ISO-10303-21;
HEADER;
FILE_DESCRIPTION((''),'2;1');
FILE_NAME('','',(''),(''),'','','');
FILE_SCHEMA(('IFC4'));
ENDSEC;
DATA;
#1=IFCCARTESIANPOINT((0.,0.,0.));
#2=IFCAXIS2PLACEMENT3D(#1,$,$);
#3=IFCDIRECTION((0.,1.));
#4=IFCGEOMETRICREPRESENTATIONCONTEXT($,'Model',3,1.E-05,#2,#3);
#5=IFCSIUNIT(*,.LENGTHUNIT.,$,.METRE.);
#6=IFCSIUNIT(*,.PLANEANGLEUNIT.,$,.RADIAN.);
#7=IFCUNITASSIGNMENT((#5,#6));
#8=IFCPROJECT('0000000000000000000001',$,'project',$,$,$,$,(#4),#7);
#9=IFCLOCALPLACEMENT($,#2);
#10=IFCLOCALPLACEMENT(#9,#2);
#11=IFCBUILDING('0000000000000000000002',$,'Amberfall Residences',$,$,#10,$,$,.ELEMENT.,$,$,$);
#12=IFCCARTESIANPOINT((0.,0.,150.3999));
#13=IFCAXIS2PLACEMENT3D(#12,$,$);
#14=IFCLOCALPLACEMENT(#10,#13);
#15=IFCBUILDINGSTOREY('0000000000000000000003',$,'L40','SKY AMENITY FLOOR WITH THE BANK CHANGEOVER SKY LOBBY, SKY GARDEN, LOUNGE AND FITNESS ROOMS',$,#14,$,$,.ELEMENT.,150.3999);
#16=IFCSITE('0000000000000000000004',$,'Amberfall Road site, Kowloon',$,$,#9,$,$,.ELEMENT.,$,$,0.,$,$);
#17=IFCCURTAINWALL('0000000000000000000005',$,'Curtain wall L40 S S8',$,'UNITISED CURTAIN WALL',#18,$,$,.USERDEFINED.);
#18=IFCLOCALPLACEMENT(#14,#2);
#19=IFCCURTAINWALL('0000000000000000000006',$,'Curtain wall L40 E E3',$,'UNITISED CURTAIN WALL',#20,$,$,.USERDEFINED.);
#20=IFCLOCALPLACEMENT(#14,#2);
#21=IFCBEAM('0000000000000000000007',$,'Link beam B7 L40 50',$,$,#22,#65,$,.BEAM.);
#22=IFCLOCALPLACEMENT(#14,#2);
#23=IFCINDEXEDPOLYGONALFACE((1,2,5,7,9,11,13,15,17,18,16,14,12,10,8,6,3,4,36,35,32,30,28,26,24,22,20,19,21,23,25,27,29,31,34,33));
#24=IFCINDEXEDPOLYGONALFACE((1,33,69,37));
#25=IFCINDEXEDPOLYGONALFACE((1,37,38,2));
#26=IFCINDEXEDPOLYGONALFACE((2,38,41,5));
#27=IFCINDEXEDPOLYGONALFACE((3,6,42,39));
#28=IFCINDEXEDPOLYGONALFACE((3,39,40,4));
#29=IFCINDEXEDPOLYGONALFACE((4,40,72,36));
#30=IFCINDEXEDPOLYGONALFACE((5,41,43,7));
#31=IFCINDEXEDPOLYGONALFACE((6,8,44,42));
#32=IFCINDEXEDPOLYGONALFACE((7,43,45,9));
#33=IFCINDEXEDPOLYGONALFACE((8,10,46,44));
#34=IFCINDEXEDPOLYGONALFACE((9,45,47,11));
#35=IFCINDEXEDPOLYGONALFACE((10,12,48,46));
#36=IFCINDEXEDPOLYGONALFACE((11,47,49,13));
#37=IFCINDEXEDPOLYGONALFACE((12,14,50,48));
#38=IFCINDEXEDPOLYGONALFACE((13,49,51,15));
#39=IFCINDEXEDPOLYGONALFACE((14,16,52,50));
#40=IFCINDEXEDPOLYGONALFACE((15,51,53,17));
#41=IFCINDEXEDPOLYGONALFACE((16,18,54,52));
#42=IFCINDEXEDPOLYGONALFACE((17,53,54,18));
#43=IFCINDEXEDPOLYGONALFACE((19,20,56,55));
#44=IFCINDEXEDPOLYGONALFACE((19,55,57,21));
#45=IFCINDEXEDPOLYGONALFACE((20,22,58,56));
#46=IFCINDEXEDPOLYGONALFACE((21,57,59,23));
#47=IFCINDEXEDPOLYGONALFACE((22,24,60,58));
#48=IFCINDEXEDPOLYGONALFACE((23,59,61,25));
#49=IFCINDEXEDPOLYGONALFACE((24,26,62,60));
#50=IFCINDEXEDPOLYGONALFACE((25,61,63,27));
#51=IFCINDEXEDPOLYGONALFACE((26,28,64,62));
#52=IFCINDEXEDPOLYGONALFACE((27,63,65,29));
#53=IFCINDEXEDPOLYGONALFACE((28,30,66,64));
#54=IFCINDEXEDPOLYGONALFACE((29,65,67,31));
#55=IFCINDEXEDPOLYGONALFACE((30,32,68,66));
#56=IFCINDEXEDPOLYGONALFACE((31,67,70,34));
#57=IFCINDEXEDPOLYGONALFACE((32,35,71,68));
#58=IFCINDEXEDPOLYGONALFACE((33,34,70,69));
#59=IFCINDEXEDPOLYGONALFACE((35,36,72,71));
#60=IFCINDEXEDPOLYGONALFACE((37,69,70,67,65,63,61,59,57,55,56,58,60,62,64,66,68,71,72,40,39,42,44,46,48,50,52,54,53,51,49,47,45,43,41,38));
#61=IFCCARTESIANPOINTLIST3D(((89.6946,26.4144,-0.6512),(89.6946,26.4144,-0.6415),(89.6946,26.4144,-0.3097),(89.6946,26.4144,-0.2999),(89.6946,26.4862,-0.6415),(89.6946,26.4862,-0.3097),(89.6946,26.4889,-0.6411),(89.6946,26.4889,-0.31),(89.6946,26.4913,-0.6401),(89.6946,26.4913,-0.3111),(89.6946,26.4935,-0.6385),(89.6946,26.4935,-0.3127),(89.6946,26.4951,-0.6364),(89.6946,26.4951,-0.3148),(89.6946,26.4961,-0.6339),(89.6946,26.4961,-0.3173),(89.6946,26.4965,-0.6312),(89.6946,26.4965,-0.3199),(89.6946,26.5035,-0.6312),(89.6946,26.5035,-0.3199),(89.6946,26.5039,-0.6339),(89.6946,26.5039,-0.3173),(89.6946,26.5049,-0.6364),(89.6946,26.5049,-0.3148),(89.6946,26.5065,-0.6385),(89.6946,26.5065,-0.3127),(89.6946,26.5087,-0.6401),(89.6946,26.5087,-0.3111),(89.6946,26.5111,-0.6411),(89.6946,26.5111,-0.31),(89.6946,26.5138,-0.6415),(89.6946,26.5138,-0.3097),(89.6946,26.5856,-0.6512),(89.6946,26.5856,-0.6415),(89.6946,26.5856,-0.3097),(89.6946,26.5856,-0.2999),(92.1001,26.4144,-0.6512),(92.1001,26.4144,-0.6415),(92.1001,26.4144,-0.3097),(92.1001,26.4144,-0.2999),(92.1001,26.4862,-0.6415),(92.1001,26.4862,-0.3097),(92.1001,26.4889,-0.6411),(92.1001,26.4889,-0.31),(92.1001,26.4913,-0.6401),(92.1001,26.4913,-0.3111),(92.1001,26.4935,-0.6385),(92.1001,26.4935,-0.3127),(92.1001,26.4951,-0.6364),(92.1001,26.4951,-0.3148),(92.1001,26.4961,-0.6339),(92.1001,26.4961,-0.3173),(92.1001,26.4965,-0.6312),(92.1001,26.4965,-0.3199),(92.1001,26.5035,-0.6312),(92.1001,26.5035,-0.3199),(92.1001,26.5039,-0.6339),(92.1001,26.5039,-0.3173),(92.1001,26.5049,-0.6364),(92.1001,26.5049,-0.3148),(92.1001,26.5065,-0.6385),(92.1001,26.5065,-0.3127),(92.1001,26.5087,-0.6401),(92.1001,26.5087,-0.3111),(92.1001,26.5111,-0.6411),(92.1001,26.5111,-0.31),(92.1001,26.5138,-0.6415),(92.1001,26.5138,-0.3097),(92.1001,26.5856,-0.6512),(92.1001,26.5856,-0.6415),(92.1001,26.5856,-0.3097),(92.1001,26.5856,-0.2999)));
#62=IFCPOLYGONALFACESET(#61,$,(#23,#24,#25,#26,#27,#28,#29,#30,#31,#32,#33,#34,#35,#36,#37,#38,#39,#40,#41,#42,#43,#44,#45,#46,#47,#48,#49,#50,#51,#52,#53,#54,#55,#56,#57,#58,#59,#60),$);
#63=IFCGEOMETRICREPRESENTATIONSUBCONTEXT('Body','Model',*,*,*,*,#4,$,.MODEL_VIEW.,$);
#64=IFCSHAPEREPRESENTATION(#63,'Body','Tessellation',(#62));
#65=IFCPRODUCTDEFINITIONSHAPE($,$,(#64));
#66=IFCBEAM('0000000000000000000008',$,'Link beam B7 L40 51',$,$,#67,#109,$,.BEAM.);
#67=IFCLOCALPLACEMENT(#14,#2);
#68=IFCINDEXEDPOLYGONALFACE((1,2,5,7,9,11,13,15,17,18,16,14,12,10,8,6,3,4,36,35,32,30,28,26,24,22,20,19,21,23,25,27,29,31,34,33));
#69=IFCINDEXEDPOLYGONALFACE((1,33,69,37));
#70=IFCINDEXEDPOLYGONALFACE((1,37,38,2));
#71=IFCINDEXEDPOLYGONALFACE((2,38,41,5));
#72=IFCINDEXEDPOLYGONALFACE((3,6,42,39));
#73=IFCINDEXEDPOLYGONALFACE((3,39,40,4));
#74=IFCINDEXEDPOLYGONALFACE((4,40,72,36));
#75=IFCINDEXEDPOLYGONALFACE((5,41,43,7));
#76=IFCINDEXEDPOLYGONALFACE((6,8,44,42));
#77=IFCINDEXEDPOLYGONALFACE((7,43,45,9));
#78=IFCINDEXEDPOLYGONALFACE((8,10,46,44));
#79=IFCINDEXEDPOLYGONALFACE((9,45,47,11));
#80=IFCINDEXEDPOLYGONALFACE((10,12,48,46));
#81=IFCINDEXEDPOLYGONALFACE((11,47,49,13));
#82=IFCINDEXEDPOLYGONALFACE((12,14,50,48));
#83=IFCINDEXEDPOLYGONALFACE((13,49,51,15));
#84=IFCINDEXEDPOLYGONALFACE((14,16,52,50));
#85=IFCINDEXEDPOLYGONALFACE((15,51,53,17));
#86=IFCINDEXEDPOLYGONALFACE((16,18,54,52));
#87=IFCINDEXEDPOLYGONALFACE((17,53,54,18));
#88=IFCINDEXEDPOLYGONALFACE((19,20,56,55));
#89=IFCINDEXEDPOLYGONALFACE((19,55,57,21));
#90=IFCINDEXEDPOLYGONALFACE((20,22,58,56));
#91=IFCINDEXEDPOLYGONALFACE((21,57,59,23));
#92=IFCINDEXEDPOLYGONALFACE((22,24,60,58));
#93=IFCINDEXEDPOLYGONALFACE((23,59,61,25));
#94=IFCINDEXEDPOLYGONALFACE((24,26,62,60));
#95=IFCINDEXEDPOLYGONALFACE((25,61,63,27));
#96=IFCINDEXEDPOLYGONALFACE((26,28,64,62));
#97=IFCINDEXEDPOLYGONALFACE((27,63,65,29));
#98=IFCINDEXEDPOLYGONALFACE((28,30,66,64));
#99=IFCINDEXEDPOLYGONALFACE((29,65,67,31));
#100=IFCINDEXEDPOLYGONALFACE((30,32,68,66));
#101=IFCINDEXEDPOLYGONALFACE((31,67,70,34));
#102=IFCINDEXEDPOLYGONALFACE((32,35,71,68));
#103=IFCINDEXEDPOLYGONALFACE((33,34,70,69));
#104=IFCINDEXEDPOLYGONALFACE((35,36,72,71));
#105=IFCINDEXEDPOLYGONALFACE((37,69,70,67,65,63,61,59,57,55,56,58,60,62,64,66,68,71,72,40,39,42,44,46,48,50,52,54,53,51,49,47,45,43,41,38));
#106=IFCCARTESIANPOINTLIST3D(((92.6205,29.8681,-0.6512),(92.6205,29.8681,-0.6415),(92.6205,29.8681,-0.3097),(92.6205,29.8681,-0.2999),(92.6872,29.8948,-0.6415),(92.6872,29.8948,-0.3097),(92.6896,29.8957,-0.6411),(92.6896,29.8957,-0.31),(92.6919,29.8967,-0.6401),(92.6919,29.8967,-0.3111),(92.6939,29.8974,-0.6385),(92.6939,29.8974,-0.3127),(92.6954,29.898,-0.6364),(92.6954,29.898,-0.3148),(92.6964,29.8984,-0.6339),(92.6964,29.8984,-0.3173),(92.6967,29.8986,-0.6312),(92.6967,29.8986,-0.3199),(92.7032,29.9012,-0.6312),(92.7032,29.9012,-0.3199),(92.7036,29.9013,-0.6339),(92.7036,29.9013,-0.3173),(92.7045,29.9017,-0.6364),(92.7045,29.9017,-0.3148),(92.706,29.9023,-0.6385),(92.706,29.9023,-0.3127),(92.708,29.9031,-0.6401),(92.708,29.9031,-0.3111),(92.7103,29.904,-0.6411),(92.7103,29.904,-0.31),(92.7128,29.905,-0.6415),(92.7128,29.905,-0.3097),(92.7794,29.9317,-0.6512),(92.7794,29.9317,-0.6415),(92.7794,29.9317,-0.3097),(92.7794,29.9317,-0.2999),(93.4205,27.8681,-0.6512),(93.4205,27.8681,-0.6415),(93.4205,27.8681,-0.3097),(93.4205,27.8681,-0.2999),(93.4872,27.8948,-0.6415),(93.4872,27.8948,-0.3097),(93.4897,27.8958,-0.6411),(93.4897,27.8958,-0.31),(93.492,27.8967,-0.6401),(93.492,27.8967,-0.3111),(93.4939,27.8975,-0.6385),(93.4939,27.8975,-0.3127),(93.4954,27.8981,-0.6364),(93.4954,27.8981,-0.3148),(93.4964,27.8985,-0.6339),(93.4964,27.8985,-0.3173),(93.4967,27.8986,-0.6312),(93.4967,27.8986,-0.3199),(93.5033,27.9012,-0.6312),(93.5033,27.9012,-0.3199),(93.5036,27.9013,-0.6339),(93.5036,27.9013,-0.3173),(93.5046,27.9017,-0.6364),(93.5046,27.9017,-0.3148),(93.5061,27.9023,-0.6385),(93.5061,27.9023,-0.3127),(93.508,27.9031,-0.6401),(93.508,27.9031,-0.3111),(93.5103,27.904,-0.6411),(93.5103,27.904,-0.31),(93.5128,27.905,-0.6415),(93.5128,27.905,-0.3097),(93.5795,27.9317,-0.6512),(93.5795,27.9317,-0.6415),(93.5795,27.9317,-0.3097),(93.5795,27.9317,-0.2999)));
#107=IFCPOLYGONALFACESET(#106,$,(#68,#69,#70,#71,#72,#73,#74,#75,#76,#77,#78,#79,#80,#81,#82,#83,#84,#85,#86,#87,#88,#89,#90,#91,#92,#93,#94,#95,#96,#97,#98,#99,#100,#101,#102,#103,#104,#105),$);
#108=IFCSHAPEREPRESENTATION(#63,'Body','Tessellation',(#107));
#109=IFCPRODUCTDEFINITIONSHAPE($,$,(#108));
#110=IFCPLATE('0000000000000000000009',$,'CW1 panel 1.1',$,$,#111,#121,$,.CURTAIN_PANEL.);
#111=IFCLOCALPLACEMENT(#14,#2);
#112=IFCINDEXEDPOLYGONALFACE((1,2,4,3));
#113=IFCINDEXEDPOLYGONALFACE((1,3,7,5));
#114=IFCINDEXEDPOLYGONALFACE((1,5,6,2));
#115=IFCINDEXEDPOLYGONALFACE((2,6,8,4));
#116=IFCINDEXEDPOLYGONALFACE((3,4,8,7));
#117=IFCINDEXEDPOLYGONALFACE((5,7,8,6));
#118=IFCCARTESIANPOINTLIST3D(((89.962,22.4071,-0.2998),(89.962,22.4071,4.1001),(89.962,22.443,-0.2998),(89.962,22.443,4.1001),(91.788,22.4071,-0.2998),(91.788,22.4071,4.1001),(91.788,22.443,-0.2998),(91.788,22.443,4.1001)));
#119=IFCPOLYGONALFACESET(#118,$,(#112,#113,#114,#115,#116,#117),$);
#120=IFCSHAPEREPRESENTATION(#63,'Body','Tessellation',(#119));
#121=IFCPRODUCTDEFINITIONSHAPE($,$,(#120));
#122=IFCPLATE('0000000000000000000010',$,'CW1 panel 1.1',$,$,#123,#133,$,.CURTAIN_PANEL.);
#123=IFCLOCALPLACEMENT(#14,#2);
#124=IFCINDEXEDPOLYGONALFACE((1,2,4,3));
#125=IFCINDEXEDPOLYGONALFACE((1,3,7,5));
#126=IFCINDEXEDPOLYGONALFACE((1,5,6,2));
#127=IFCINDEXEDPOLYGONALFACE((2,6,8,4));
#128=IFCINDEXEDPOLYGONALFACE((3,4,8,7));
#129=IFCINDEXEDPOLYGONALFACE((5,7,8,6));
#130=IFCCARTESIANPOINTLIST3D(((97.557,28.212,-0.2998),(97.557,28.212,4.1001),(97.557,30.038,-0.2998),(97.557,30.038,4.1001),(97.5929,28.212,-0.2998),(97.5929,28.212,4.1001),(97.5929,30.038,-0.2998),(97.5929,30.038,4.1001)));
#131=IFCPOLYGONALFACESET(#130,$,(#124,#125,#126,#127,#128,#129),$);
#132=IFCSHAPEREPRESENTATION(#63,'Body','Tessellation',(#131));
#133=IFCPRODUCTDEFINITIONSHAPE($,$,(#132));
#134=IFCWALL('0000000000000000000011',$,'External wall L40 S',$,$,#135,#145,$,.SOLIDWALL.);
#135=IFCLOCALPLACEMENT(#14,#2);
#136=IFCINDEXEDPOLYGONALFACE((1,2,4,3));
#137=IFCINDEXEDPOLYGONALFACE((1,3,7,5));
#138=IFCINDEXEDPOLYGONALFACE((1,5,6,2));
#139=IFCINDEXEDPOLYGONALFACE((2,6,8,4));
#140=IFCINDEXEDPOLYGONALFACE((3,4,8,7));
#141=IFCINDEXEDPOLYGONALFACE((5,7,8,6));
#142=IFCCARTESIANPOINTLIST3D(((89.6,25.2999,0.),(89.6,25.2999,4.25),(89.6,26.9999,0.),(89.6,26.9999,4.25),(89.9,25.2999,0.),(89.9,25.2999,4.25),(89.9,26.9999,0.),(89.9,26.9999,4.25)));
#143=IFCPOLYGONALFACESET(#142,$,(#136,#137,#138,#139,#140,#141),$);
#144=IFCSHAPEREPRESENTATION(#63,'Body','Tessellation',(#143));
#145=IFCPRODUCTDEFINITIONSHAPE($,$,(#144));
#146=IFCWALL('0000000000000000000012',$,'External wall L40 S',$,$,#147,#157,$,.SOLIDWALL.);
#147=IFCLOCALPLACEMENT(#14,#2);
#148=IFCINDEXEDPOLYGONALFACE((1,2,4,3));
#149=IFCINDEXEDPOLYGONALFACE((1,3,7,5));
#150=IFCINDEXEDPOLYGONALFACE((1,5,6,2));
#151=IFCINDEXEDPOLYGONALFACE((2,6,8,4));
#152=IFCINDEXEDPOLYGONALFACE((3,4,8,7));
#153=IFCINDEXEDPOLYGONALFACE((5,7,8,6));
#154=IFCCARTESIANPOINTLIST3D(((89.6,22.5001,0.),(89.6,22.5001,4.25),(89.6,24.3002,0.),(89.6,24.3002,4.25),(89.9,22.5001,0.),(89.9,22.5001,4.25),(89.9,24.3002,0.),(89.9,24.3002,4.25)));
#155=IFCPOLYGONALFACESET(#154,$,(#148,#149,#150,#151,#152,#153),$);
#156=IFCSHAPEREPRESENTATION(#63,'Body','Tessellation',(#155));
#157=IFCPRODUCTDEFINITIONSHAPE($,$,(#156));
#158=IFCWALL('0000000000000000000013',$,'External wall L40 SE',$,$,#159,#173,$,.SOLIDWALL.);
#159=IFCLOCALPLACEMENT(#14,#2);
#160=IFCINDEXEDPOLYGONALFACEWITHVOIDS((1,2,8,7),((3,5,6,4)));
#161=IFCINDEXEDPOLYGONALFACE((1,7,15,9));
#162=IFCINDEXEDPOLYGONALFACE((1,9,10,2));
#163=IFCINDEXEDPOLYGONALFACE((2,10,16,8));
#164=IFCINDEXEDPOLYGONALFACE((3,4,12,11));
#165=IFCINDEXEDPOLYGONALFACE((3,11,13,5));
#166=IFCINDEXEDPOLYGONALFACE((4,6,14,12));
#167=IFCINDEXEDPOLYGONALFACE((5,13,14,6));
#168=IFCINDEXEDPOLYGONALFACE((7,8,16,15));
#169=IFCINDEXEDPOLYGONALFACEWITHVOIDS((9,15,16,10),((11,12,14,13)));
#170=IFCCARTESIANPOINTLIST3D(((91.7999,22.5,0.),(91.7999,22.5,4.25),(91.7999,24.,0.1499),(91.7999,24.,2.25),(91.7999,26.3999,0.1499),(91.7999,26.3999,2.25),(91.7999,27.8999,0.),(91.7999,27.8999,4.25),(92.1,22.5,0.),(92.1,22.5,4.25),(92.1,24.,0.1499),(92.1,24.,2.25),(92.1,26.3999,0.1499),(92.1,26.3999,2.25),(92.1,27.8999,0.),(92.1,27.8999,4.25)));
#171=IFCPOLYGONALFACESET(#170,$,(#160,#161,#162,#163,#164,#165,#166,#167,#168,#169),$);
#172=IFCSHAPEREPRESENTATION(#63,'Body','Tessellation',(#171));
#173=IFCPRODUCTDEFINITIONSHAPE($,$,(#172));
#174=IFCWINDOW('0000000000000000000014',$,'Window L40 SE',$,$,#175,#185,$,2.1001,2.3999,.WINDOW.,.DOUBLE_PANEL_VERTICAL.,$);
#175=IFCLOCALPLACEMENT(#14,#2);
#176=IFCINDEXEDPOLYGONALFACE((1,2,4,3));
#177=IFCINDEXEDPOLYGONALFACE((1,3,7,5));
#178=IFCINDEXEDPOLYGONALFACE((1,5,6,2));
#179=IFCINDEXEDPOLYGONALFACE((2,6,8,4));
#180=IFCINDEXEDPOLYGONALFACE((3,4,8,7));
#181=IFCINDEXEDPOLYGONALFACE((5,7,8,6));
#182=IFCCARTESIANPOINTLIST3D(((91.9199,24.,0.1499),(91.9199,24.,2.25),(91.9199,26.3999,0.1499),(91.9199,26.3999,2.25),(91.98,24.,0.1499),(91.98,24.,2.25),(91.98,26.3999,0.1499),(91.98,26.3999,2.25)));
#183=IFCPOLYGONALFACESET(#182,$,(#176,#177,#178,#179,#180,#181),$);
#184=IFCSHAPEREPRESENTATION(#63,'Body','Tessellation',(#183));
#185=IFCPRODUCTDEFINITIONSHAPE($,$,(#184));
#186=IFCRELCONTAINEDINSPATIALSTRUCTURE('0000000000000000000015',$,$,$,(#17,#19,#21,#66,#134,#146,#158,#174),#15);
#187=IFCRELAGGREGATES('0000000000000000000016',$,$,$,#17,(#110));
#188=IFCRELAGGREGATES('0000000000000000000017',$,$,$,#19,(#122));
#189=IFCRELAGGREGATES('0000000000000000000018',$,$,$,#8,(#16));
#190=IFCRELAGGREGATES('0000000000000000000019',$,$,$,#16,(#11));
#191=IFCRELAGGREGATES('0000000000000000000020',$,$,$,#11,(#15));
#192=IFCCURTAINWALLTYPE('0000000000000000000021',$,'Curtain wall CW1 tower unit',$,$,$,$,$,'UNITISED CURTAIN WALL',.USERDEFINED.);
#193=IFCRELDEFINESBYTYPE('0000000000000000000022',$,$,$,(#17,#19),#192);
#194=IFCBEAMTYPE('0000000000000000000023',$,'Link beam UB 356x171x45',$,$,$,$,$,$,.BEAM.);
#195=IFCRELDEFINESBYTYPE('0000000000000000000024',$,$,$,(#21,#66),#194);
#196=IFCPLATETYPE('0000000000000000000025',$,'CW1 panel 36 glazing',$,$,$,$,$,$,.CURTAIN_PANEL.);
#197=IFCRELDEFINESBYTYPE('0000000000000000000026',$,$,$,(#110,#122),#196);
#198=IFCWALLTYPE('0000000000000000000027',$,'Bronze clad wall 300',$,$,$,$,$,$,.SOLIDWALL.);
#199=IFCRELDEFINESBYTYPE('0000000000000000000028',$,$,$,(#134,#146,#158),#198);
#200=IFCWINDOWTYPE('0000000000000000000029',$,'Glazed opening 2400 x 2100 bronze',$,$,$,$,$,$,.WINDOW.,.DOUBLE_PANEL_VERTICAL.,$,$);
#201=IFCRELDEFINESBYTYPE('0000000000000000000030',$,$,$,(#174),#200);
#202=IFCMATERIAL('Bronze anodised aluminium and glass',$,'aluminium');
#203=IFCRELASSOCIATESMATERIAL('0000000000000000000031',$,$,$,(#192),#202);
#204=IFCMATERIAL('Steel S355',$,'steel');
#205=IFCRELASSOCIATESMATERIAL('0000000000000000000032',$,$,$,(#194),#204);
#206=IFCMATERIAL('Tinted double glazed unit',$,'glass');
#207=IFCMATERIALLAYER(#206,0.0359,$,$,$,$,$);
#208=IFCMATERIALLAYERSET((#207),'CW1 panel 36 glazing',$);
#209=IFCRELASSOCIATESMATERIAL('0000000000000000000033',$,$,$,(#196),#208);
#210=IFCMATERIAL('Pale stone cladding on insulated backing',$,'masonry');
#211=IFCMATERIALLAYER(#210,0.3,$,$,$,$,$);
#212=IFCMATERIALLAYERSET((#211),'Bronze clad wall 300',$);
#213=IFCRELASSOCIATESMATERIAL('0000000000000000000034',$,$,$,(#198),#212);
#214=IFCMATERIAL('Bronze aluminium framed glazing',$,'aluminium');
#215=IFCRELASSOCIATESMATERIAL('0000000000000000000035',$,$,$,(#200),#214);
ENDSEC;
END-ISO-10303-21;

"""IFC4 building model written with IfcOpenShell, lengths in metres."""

from ifc_helpers import new_model, si_unit, direction, frame, frame_2d, origin, origin_2d, place, context, subcontext, project, spatial, rectangle, i_section, extrude, material, layer, layer_set, material_profile, profile_set, type_object, element, fill, aggregate, save


model = new_model("IFC4")

# Units and contexts
model_context = context("Model", 3, precision=1e-05, world=origin(), true_north=direction((0.0, 1.0)))
body_context = subcontext(model_context, "Body", "Model", "MODEL_VIEW")
ifc_project = project(units=[si_unit("LENGTHUNIT", "METRE"), si_unit("PLANEANGLEUNIT", "RADIAN")], contexts=[model_context])

# Site, building, storey
site_placement = place(None, origin())
site = spatial("IfcSite", under=ifc_project, at=site_placement, Name="Amberfall Road site, Kowloon", CompositionType="ELEMENT", RefElevation=0.0)
building_placement = place(site_placement, origin())
building = spatial("IfcBuilding", under=site, at=building_placement, Name="Amberfall Residences", CompositionType="ELEMENT")
storey_placement = place(building_placement, frame((0.0, 0.0, 150.3999)))
storey = spatial("IfcBuildingStorey", under=building, at=storey_placement, Name="L40", Description="SKY AMENITY FLOOR WITH THE BANK CHANGEOVER SKY LOBBY, SKY GARDEN, LOUNGE AND FITNESS ROOMS", CompositionType="ELEMENT", Elevation=150.3999)

# Curtain walls
ifc_material_1 = material(Name="Bronze anodised aluminium and glass", Category="aluminium")
curtain_wall_type = type_object("IfcCurtainWallType", Name="Curtain wall CW1 tower unit", ElementType="UNITISED CURTAIN WALL", PredefinedType="USERDEFINED", material=ifc_material_1)
curtain_wall_1_placement = place(storey_placement, origin())
curtain_wall_1 = element("IfcCurtainWall", 1, at=curtain_wall_1_placement, inside=storey, type_object=curtain_wall_type, Name="Curtain wall L40 S S8", ObjectType="UNITISED CURTAIN WALL", PredefinedType="USERDEFINED")
curtain_wall_2_placement = place(storey_placement, origin())
curtain_wall_2 = element("IfcCurtainWall", 2, at=curtain_wall_2_placement, inside=storey, type_object=curtain_wall_type, Name="Curtain wall L40 E E3", ObjectType="UNITISED CURTAIN WALL", PredefinedType="USERDEFINED")

# Beams
ifc_material_2 = material(Name="Steel S355", Category="steel")
ifc_material_profile_1 = material_profile(ifc_material_2, i_section(OverallWidth=0.1711, OverallDepth=0.3513, WebThickness=0.0071, FlangeThickness=0.0098, FilletRadius=0.0103, at=origin_2d()), Name="UB 356x171x45")
ifc_profile_set_1 = profile_set([ifc_material_profile_1], Name="Steel S355")
beam_type_1 = type_object("IfcBeamType", Name="Link beam UB 356x171x45", PredefinedType="BEAM", material=ifc_profile_set_1)
beam_1_placement = place(storey_placement, frame((92.1001, 26.5, -0.4756), z_axis=(-1.0, 0.0, 0.0), x_axis=(0.0, -1.0, 0.0)))
element("IfcBeam", 3, at=beam_1_placement, inside=storey, type_object=beam_type_1, Name="Link beam B7 L40 50", PredefinedType="BEAM", context=body_context, shape_type="SweptSolid", body=[
    extrude(i_section(OverallWidth=0.1711, OverallDepth=0.3513, WebThickness=0.0071, FlangeThickness=0.0098, FilletRadius=0.0103, at=origin_2d()), origin(), (0.0, 0.0, 1.0), 2.4055),
])
beam_2_placement = place(storey_placement, frame((93.5, 27.8999, -0.4756), z_axis=(-0.37141, 0.928469, 0.0), x_axis=(-0.928469, -0.37141, 0.0)))
element("IfcBeam", 4, at=beam_2_placement, inside=storey, type_object=beam_type_1, Name="Link beam B7 L40 51", PredefinedType="BEAM", context=body_context, shape_type="SweptSolid", body=[
    extrude(i_section(OverallWidth=0.1711, OverallDepth=0.3513, WebThickness=0.0071, FlangeThickness=0.0098, FilletRadius=0.0103, at=origin_2d()), origin(), (0.0, 0.0, 1.0), 2.1541),
])

# Plates
ifc_material_3 = material(Name="Tinted double glazed unit", Category="glass")
ifc_layer_1 = layer(ifc_material_3, 0.0359)
ifc_layer_set_1 = layer_set([ifc_layer_1], Name="CW1 panel 36 glazing")
plate_type = type_object("IfcPlateType", Name="CW1 panel 36 glazing", PredefinedType="CURTAIN_PANEL", material=ifc_layer_set_1)
plate_1_placement = place(storey_placement, frame((90.875, 22.425, -0.2998), z_axis=(0.0, 0.0, 1.0), x_axis=(1.0, 0.0, 0.0)))
plate_1 = element("IfcPlate", 5, at=plate_1_placement, type_object=plate_type, Name="CW1 panel 1.1", PredefinedType="CURTAIN_PANEL", context=body_context, shape_type="SweptSolid", body=[
    extrude(rectangle(XDim=1.8259, YDim=0.0359, at=origin_2d()), origin(), (0.0, 0.0, 1.0), 4.3999),
])
aggregate(curtain_wall_1, [plate_1])
plate_2_placement = place(storey_placement, frame((97.575, 29.125, -0.2998), z_axis=(0.0, 0.0, 1.0), x_axis=(0.0, 1.0, 0.0)))
plate_2 = element("IfcPlate", 6, at=plate_2_placement, type_object=plate_type, Name="CW1 panel 1.1", PredefinedType="CURTAIN_PANEL", context=body_context, shape_type="SweptSolid", body=[
    extrude(rectangle(XDim=1.8259, YDim=0.0359, at=origin_2d()), origin(), (0.0, 0.0, 1.0), 4.3999),
])
aggregate(curtain_wall_2, [plate_2])

# Walls
ifc_material_4 = material(Name="Pale stone cladding on insulated backing", Category="masonry")
ifc_layer_2 = layer(ifc_material_4, 0.3)
ifc_layer_set_2 = layer_set([ifc_layer_2], Name="Bronze clad wall 300")
wall_type_1 = type_object("IfcWallType", Name="Bronze clad wall 300", PredefinedType="SOLIDWALL", material=ifc_layer_set_2)
wall_1_placement = place(storey_placement, frame((89.75, 27.0, 0.0), z_axis=(0.0, 0.0, 1.0), x_axis=(0.0, -1.0, 0.0)))
element("IfcWall", 7, at=wall_1_placement, inside=storey, type_object=wall_type_1, Name="External wall L40 S", PredefinedType="SOLIDWALL", context=body_context, shape_type="SweptSolid", body=[
    extrude(rectangle(XDim=1.7, YDim=0.3, at=frame_2d((0.8501, 0.0))), origin(), (0.0, 0.0, 1.0), 4.25),
])
wall_2_placement = place(storey_placement, frame((89.75, 24.3, 0.0), z_axis=(0.0, 0.0, 1.0), x_axis=(0.0, -1.0, 0.0)))
element("IfcWall", 8, at=wall_2_placement, inside=storey, type_object=wall_type_1, Name="External wall L40 S", PredefinedType="SOLIDWALL", context=body_context, shape_type="SweptSolid", body=[
    extrude(rectangle(XDim=1.8, YDim=0.3, at=frame_2d((0.8999, 0.0))), origin(), (0.0, 0.0, 1.0), 4.25),
])

# Wall, opening, window
wall_3_placement = place(storey_placement, frame((91.95, 22.5, 0.0), z_axis=(0.0, 0.0, 1.0), x_axis=(0.0, 1.0, 0.0)))
wall_3 = element("IfcWall", 9, at=wall_3_placement, inside=storey, type_object=wall_type_1, Name="External wall L40 SE", PredefinedType="SOLIDWALL", context=body_context, shape_type="SweptSolid", body=[
    extrude(rectangle(XDim=5.3999, YDim=0.3, at=frame_2d((2.7, 0.0))), origin(), (0.0, 0.0, 1.0), 4.25),
])
opening_1_placement = place(wall_3_placement, frame((1.5, 0.0, 0.1499)))
opening_1 = element("IfcOpeningElement", 10, at=opening_1_placement, cuts=wall_3, PredefinedType="OPENING", context=body_context, shape_type="SweptSolid", body=[
    extrude(rectangle(XDim=2.3999, YDim=2.1001, at=frame_2d((1.2, 1.05))), frame((0.0, 0.1599, 0.0), z_axis=(0.0, -1.0, 0.0), x_axis=(1.0, 0.0, 0.0)), (0.0, 0.0, 1.0), 0.3201),
])
ifc_material_5 = material(Name="Bronze aluminium framed glazing", Category="aluminium")
window_type_1 = type_object("IfcWindowType", Name="Glazed opening 2400 x 2100 bronze", PartitioningType="DOUBLE_PANEL_VERTICAL", PredefinedType="WINDOW", material=ifc_material_5)
window_1_placement = place(opening_1_placement, origin())
window_1 = element("IfcWindow", 11, at=window_1_placement, inside=storey, type_object=window_type_1, Name="Window L40 SE", OverallHeight=2.1001, OverallWidth=2.3999, PartitioningType="DOUBLE_PANEL_VERTICAL", PredefinedType="WINDOW", context=body_context, shape_type="SweptSolid", body=[
    extrude(rectangle(XDim=2.3999, YDim=2.1001, at=frame_2d((1.2, 1.05))), frame((0.0, 0.03, 0.0), z_axis=(0.0, -1.0, 0.0), x_axis=(1.0, 0.0, 0.0)), (0.0, 0.0, 1.0), 0.0601),
])
fill(opening_1, window_1)

save(model, "model.ifc")
